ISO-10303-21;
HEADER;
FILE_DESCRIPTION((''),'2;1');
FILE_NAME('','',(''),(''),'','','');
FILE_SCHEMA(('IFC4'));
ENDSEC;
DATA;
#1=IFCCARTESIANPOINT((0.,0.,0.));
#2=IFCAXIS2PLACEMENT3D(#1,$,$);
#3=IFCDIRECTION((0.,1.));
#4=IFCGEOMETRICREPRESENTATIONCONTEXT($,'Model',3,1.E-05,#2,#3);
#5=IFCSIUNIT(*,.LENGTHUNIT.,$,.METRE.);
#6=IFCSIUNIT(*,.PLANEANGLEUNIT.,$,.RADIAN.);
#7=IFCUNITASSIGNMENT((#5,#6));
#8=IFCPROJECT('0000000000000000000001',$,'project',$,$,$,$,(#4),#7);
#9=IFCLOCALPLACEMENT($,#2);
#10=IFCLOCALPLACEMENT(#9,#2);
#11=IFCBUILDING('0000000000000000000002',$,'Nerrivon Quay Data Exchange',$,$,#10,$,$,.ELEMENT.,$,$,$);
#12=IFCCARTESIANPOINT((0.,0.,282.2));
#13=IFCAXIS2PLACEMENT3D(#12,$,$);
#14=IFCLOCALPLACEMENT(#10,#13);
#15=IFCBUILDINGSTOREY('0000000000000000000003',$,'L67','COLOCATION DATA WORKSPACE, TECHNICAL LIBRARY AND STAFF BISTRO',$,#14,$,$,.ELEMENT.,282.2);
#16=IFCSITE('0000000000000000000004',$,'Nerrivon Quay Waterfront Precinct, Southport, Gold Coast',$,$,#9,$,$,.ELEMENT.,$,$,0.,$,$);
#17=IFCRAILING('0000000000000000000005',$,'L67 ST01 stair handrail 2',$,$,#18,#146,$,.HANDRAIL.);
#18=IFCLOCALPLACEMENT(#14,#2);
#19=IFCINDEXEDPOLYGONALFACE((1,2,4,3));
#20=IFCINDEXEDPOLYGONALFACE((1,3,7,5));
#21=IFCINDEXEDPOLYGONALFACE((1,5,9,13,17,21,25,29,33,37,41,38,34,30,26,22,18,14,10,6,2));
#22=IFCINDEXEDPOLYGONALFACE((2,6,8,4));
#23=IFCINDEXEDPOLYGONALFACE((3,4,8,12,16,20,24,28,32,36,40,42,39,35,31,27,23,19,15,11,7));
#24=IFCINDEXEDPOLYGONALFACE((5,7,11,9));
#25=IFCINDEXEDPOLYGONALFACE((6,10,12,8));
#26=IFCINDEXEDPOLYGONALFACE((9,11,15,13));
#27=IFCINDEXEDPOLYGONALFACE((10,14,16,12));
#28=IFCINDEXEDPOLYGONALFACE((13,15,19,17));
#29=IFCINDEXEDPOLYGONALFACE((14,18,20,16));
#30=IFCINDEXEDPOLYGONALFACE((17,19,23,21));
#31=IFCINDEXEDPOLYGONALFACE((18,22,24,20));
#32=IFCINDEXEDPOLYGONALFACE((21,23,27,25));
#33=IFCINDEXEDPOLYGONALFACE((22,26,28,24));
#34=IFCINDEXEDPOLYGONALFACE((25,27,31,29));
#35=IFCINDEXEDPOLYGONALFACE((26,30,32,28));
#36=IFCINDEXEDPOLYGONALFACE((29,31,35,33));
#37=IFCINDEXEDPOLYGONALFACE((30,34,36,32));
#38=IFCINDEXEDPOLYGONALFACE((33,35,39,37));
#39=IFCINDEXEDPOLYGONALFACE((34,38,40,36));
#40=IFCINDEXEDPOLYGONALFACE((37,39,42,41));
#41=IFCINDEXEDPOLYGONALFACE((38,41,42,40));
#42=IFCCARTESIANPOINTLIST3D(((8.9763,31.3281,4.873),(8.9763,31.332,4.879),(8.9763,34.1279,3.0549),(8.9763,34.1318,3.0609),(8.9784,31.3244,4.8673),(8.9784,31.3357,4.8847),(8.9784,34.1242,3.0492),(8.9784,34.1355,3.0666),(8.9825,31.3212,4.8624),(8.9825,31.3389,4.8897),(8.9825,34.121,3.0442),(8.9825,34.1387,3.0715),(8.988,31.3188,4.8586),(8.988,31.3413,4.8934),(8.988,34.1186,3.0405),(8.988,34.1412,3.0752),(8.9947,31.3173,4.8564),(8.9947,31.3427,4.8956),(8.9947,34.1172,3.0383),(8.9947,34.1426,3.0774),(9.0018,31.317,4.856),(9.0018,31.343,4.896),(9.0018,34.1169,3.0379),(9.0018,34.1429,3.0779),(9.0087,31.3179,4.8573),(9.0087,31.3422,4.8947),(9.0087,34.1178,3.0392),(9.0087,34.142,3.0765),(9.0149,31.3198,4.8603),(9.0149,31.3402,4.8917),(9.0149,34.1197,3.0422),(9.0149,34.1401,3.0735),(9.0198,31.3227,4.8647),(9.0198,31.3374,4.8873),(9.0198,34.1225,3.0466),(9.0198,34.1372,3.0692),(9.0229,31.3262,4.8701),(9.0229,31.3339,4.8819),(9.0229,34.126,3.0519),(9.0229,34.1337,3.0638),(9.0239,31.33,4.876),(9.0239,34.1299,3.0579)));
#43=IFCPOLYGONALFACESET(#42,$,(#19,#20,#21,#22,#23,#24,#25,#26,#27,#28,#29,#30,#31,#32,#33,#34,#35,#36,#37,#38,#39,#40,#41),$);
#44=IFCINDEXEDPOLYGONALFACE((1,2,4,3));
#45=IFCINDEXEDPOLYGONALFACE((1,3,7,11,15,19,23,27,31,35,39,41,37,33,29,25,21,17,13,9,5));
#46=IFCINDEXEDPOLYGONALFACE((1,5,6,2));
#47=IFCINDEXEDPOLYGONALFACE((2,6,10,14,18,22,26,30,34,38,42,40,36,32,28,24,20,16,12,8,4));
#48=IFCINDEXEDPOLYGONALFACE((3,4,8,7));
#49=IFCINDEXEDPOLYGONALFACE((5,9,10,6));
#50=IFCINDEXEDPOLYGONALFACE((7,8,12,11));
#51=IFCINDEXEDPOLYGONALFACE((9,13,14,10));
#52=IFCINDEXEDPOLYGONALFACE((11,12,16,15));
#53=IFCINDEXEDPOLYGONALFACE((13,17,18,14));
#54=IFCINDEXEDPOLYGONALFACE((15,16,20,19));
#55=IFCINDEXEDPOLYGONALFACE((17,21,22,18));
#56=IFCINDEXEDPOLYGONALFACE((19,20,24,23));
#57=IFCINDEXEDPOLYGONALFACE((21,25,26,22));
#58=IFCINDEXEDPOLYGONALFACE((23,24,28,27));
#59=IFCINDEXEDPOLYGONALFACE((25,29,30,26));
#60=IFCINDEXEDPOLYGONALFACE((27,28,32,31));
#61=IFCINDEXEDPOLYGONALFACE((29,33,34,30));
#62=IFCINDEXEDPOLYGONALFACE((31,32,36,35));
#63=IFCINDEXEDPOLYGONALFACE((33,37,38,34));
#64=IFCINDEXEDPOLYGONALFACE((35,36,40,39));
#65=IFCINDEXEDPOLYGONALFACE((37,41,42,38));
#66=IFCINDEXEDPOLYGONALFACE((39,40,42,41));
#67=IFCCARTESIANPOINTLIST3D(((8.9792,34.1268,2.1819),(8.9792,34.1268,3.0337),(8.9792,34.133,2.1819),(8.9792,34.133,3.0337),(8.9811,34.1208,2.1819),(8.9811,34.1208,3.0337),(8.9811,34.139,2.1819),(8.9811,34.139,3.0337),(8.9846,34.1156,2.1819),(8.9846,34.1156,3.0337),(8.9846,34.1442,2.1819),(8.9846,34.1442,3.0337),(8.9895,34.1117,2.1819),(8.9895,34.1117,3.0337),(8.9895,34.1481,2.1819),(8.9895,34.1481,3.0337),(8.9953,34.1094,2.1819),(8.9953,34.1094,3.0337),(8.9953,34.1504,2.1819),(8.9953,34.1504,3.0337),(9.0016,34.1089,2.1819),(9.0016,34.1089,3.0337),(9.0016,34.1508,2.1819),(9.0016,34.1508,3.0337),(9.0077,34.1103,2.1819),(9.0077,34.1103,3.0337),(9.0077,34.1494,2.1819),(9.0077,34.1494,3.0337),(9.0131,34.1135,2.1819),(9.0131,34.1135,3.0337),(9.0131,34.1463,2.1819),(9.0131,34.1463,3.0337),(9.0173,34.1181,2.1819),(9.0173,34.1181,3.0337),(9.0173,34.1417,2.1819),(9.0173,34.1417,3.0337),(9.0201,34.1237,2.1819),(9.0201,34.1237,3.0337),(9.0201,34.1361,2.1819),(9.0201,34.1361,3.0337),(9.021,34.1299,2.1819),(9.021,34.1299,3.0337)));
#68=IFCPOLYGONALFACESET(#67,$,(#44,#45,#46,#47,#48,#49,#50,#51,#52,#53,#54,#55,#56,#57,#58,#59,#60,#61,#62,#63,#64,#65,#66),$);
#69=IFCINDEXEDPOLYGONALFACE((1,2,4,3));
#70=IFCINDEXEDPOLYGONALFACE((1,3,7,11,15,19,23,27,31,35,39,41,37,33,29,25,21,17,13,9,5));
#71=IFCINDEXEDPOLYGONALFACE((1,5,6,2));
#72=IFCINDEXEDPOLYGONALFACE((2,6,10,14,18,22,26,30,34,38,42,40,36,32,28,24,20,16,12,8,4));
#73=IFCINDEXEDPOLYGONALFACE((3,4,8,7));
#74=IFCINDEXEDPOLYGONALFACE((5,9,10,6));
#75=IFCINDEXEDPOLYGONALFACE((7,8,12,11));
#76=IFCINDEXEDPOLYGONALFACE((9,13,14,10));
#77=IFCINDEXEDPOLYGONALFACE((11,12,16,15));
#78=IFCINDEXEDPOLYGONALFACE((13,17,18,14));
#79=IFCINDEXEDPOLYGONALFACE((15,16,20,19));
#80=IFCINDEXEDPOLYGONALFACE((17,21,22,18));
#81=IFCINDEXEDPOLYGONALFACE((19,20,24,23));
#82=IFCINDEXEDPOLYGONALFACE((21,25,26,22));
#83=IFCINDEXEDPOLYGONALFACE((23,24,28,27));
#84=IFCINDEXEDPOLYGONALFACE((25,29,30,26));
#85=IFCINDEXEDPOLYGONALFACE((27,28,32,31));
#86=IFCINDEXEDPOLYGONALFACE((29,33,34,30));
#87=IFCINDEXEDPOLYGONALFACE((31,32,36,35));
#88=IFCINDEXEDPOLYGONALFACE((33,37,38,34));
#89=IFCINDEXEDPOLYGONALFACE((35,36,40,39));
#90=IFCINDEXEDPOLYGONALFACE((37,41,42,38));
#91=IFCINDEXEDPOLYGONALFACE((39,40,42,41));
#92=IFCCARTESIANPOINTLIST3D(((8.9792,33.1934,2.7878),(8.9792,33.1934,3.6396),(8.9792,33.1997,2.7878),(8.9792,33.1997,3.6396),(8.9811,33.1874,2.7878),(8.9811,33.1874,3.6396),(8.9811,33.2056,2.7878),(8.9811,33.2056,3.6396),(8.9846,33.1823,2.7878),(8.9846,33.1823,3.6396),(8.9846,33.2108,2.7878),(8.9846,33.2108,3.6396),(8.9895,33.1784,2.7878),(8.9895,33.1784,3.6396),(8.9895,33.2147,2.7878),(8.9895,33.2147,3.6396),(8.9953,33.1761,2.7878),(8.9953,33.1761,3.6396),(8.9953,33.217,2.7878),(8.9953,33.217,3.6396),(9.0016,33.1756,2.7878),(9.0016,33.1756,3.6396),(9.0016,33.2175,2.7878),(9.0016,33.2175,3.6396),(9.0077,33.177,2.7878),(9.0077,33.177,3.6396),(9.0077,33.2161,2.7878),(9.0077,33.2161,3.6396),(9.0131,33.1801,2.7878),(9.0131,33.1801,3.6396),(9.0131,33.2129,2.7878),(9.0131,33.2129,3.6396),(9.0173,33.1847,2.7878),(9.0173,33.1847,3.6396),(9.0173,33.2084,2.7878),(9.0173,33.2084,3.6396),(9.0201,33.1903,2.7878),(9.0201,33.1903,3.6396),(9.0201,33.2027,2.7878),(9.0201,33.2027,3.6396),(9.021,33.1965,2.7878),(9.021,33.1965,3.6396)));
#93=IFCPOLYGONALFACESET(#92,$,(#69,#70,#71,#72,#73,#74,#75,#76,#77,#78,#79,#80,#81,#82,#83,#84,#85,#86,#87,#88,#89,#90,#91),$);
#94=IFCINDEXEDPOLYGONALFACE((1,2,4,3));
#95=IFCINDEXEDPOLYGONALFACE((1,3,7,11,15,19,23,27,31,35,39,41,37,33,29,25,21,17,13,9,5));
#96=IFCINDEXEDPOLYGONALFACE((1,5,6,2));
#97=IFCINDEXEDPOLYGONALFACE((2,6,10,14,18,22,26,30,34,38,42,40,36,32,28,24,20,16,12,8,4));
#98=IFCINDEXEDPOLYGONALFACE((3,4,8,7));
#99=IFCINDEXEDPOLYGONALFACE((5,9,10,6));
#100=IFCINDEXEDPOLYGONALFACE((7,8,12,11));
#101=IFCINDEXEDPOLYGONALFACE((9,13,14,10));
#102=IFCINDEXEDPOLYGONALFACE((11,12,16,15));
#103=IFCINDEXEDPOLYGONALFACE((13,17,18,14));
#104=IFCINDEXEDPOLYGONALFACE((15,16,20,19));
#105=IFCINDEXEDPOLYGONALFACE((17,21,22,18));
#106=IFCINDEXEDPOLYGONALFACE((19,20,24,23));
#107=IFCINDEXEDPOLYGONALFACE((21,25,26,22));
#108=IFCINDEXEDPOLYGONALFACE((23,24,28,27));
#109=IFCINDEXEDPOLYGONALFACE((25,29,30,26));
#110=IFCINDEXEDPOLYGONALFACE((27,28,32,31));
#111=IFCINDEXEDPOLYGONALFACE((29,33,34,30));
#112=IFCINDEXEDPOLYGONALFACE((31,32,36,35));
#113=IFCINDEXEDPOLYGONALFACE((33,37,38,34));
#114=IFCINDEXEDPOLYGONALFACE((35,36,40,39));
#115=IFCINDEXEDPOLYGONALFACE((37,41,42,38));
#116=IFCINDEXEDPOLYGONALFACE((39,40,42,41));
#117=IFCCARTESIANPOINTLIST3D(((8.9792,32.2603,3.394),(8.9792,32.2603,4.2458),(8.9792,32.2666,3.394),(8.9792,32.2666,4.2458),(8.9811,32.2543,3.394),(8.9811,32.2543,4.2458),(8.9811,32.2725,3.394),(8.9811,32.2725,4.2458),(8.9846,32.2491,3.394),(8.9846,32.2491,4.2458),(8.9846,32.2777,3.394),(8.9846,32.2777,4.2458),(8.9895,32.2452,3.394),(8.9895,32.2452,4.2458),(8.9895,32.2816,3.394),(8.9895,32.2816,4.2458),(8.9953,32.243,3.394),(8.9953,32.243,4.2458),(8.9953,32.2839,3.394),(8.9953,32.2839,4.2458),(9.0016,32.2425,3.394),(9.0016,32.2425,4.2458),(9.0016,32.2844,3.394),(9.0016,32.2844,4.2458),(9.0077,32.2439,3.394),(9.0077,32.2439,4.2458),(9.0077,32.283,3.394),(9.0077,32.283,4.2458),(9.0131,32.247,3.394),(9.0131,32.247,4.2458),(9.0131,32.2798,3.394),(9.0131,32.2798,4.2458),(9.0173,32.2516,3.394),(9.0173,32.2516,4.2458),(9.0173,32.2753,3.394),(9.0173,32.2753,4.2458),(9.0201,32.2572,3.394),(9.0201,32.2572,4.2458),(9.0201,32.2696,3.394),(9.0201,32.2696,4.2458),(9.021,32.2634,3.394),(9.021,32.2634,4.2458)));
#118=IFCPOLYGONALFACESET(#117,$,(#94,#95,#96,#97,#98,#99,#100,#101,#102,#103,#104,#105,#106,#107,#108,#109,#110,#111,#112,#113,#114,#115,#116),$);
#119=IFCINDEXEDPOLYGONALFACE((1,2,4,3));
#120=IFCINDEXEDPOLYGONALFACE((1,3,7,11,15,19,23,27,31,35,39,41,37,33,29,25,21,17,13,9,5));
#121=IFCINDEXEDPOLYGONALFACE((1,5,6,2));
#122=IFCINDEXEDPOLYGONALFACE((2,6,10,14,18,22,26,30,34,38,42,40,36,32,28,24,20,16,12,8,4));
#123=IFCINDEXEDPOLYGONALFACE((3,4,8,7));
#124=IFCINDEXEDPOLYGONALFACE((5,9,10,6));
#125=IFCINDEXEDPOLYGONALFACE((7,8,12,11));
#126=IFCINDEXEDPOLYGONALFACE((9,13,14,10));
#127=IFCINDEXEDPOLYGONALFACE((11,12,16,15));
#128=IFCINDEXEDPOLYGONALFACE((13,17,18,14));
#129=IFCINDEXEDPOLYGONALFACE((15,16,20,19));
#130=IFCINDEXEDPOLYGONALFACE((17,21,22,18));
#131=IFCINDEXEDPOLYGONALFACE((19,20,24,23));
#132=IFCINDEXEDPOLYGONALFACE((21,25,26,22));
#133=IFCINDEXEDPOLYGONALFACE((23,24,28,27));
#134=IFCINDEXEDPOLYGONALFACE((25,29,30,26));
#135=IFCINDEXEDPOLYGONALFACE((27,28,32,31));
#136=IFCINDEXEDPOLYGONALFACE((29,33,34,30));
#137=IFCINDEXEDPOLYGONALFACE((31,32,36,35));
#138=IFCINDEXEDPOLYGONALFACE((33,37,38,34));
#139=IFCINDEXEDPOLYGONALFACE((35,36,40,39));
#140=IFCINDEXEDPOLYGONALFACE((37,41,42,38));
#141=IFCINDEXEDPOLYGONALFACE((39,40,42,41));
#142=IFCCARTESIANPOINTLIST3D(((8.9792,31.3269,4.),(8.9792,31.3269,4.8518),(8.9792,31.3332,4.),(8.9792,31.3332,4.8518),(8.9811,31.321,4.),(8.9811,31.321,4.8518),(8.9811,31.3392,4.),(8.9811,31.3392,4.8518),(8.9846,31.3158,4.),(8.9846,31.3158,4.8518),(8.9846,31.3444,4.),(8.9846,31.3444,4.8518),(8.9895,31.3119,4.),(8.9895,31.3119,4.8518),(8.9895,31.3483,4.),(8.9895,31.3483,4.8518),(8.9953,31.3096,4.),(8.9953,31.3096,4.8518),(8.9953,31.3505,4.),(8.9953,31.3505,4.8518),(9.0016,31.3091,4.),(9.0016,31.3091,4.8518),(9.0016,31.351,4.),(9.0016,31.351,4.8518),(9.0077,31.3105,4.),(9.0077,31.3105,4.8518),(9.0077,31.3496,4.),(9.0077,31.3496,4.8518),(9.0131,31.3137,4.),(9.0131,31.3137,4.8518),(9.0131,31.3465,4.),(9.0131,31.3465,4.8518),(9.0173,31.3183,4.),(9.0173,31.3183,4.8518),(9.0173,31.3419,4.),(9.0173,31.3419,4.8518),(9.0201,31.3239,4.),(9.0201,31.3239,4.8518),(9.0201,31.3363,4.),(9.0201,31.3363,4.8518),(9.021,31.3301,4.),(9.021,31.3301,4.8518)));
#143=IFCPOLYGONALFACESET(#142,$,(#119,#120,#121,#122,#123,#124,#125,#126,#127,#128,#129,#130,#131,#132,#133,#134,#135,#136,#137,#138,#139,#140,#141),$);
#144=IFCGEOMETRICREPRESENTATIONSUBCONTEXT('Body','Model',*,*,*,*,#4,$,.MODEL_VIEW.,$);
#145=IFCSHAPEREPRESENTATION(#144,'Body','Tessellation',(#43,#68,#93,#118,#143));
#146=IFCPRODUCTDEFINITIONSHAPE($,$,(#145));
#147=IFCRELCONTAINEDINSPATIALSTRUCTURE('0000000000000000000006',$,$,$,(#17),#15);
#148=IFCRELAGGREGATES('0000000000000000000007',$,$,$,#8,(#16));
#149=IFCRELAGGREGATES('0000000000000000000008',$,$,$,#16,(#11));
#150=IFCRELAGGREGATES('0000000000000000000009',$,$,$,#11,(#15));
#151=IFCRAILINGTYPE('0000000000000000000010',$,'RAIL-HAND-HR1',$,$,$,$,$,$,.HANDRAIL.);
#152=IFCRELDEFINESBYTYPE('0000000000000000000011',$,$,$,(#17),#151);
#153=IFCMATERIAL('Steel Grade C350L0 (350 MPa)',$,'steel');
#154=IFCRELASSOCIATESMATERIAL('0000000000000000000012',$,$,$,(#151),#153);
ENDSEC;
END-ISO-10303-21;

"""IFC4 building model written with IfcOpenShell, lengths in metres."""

from ifc_helpers import new_model, si_unit, direction, frame, origin, origin_2d, place, context, subcontext, project, spatial, circle, extrude, material, type_object, element, save


model = new_model("IFC4")

# Units and contexts
model_context = context("Model", 3, precision=1e-05, world=origin(), true_north=direction((0.0, 1.0)))
body_context = subcontext(model_context, "Body", "Model", "MODEL_VIEW")
ifc_project = project(units=[si_unit("LENGTHUNIT", "METRE"), si_unit("PLANEANGLEUNIT", "RADIAN")], contexts=[model_context])

# Site, building, storey
site_placement = place(None, origin())
site = spatial("IfcSite", under=ifc_project, at=site_placement, Name="Nerrivon Quay Waterfront Precinct, Southport, Gold Coast", CompositionType="ELEMENT", RefElevation=0.0)
building_placement = place(site_placement, origin())
building = spatial("IfcBuilding", under=site, at=building_placement, Name="Nerrivon Quay Data Exchange", CompositionType="ELEMENT")
storey_placement = place(building_placement, frame((0.0, 0.0, 282.2)))
storey = spatial("IfcBuildingStorey", under=building, at=storey_placement, Name="L67", Description="COLOCATION DATA WORKSPACE, TECHNICAL LIBRARY AND STAFF BISTRO", CompositionType="ELEMENT", Elevation=282.2)

# Shared definitions
ifc_material_1 = material(Name="Steel Grade C350L0 (350 MPa)", Category="steel")

# Railing
railing_type_1 = type_object("IfcRailingType", Name="RAIL-HAND-HR1", PredefinedType="HANDRAIL", material=ifc_material_1)
railing_1_placement = place(storey_placement, frame((9.0, 34.1299, 2.1819)))
element("IfcRailing", 1, at=railing_1_placement, inside=storey, type_object=railing_type_1, Name="L67 ST01 stair handrail 2", PredefinedType="HANDRAIL", context=body_context, shape_type="SweptSolid", body=[
    extrude(circle(Radius=0.0239, at=origin_2d()), frame((0.0, 0.0, 0.876), z_axis=(0.0, -0.838684, 0.544618), x_axis=(1.0, 0.0, 0.0)), (0.0, 0.0, 1.0), 3.3384),
    extrude(circle(Radius=0.021, at=origin_2d()), origin(), (0.0, 0.0, 1.0), 0.8518),
    extrude(circle(Radius=0.021, at=origin_2d()), frame((0.0, -0.9333, 0.606)), (0.0, 0.0, 1.0), 0.8518),
    extrude(circle(Radius=0.021, at=origin_2d()), frame((0.0, -1.8665, 1.2122)), (0.0, 0.0, 1.0), 0.8518),
    extrude(circle(Radius=0.021, at=origin_2d()), frame((0.0, -2.7998, 1.8181)), (0.0, 0.0, 1.0), 0.8518),
])

save(model, "model.ifc")
